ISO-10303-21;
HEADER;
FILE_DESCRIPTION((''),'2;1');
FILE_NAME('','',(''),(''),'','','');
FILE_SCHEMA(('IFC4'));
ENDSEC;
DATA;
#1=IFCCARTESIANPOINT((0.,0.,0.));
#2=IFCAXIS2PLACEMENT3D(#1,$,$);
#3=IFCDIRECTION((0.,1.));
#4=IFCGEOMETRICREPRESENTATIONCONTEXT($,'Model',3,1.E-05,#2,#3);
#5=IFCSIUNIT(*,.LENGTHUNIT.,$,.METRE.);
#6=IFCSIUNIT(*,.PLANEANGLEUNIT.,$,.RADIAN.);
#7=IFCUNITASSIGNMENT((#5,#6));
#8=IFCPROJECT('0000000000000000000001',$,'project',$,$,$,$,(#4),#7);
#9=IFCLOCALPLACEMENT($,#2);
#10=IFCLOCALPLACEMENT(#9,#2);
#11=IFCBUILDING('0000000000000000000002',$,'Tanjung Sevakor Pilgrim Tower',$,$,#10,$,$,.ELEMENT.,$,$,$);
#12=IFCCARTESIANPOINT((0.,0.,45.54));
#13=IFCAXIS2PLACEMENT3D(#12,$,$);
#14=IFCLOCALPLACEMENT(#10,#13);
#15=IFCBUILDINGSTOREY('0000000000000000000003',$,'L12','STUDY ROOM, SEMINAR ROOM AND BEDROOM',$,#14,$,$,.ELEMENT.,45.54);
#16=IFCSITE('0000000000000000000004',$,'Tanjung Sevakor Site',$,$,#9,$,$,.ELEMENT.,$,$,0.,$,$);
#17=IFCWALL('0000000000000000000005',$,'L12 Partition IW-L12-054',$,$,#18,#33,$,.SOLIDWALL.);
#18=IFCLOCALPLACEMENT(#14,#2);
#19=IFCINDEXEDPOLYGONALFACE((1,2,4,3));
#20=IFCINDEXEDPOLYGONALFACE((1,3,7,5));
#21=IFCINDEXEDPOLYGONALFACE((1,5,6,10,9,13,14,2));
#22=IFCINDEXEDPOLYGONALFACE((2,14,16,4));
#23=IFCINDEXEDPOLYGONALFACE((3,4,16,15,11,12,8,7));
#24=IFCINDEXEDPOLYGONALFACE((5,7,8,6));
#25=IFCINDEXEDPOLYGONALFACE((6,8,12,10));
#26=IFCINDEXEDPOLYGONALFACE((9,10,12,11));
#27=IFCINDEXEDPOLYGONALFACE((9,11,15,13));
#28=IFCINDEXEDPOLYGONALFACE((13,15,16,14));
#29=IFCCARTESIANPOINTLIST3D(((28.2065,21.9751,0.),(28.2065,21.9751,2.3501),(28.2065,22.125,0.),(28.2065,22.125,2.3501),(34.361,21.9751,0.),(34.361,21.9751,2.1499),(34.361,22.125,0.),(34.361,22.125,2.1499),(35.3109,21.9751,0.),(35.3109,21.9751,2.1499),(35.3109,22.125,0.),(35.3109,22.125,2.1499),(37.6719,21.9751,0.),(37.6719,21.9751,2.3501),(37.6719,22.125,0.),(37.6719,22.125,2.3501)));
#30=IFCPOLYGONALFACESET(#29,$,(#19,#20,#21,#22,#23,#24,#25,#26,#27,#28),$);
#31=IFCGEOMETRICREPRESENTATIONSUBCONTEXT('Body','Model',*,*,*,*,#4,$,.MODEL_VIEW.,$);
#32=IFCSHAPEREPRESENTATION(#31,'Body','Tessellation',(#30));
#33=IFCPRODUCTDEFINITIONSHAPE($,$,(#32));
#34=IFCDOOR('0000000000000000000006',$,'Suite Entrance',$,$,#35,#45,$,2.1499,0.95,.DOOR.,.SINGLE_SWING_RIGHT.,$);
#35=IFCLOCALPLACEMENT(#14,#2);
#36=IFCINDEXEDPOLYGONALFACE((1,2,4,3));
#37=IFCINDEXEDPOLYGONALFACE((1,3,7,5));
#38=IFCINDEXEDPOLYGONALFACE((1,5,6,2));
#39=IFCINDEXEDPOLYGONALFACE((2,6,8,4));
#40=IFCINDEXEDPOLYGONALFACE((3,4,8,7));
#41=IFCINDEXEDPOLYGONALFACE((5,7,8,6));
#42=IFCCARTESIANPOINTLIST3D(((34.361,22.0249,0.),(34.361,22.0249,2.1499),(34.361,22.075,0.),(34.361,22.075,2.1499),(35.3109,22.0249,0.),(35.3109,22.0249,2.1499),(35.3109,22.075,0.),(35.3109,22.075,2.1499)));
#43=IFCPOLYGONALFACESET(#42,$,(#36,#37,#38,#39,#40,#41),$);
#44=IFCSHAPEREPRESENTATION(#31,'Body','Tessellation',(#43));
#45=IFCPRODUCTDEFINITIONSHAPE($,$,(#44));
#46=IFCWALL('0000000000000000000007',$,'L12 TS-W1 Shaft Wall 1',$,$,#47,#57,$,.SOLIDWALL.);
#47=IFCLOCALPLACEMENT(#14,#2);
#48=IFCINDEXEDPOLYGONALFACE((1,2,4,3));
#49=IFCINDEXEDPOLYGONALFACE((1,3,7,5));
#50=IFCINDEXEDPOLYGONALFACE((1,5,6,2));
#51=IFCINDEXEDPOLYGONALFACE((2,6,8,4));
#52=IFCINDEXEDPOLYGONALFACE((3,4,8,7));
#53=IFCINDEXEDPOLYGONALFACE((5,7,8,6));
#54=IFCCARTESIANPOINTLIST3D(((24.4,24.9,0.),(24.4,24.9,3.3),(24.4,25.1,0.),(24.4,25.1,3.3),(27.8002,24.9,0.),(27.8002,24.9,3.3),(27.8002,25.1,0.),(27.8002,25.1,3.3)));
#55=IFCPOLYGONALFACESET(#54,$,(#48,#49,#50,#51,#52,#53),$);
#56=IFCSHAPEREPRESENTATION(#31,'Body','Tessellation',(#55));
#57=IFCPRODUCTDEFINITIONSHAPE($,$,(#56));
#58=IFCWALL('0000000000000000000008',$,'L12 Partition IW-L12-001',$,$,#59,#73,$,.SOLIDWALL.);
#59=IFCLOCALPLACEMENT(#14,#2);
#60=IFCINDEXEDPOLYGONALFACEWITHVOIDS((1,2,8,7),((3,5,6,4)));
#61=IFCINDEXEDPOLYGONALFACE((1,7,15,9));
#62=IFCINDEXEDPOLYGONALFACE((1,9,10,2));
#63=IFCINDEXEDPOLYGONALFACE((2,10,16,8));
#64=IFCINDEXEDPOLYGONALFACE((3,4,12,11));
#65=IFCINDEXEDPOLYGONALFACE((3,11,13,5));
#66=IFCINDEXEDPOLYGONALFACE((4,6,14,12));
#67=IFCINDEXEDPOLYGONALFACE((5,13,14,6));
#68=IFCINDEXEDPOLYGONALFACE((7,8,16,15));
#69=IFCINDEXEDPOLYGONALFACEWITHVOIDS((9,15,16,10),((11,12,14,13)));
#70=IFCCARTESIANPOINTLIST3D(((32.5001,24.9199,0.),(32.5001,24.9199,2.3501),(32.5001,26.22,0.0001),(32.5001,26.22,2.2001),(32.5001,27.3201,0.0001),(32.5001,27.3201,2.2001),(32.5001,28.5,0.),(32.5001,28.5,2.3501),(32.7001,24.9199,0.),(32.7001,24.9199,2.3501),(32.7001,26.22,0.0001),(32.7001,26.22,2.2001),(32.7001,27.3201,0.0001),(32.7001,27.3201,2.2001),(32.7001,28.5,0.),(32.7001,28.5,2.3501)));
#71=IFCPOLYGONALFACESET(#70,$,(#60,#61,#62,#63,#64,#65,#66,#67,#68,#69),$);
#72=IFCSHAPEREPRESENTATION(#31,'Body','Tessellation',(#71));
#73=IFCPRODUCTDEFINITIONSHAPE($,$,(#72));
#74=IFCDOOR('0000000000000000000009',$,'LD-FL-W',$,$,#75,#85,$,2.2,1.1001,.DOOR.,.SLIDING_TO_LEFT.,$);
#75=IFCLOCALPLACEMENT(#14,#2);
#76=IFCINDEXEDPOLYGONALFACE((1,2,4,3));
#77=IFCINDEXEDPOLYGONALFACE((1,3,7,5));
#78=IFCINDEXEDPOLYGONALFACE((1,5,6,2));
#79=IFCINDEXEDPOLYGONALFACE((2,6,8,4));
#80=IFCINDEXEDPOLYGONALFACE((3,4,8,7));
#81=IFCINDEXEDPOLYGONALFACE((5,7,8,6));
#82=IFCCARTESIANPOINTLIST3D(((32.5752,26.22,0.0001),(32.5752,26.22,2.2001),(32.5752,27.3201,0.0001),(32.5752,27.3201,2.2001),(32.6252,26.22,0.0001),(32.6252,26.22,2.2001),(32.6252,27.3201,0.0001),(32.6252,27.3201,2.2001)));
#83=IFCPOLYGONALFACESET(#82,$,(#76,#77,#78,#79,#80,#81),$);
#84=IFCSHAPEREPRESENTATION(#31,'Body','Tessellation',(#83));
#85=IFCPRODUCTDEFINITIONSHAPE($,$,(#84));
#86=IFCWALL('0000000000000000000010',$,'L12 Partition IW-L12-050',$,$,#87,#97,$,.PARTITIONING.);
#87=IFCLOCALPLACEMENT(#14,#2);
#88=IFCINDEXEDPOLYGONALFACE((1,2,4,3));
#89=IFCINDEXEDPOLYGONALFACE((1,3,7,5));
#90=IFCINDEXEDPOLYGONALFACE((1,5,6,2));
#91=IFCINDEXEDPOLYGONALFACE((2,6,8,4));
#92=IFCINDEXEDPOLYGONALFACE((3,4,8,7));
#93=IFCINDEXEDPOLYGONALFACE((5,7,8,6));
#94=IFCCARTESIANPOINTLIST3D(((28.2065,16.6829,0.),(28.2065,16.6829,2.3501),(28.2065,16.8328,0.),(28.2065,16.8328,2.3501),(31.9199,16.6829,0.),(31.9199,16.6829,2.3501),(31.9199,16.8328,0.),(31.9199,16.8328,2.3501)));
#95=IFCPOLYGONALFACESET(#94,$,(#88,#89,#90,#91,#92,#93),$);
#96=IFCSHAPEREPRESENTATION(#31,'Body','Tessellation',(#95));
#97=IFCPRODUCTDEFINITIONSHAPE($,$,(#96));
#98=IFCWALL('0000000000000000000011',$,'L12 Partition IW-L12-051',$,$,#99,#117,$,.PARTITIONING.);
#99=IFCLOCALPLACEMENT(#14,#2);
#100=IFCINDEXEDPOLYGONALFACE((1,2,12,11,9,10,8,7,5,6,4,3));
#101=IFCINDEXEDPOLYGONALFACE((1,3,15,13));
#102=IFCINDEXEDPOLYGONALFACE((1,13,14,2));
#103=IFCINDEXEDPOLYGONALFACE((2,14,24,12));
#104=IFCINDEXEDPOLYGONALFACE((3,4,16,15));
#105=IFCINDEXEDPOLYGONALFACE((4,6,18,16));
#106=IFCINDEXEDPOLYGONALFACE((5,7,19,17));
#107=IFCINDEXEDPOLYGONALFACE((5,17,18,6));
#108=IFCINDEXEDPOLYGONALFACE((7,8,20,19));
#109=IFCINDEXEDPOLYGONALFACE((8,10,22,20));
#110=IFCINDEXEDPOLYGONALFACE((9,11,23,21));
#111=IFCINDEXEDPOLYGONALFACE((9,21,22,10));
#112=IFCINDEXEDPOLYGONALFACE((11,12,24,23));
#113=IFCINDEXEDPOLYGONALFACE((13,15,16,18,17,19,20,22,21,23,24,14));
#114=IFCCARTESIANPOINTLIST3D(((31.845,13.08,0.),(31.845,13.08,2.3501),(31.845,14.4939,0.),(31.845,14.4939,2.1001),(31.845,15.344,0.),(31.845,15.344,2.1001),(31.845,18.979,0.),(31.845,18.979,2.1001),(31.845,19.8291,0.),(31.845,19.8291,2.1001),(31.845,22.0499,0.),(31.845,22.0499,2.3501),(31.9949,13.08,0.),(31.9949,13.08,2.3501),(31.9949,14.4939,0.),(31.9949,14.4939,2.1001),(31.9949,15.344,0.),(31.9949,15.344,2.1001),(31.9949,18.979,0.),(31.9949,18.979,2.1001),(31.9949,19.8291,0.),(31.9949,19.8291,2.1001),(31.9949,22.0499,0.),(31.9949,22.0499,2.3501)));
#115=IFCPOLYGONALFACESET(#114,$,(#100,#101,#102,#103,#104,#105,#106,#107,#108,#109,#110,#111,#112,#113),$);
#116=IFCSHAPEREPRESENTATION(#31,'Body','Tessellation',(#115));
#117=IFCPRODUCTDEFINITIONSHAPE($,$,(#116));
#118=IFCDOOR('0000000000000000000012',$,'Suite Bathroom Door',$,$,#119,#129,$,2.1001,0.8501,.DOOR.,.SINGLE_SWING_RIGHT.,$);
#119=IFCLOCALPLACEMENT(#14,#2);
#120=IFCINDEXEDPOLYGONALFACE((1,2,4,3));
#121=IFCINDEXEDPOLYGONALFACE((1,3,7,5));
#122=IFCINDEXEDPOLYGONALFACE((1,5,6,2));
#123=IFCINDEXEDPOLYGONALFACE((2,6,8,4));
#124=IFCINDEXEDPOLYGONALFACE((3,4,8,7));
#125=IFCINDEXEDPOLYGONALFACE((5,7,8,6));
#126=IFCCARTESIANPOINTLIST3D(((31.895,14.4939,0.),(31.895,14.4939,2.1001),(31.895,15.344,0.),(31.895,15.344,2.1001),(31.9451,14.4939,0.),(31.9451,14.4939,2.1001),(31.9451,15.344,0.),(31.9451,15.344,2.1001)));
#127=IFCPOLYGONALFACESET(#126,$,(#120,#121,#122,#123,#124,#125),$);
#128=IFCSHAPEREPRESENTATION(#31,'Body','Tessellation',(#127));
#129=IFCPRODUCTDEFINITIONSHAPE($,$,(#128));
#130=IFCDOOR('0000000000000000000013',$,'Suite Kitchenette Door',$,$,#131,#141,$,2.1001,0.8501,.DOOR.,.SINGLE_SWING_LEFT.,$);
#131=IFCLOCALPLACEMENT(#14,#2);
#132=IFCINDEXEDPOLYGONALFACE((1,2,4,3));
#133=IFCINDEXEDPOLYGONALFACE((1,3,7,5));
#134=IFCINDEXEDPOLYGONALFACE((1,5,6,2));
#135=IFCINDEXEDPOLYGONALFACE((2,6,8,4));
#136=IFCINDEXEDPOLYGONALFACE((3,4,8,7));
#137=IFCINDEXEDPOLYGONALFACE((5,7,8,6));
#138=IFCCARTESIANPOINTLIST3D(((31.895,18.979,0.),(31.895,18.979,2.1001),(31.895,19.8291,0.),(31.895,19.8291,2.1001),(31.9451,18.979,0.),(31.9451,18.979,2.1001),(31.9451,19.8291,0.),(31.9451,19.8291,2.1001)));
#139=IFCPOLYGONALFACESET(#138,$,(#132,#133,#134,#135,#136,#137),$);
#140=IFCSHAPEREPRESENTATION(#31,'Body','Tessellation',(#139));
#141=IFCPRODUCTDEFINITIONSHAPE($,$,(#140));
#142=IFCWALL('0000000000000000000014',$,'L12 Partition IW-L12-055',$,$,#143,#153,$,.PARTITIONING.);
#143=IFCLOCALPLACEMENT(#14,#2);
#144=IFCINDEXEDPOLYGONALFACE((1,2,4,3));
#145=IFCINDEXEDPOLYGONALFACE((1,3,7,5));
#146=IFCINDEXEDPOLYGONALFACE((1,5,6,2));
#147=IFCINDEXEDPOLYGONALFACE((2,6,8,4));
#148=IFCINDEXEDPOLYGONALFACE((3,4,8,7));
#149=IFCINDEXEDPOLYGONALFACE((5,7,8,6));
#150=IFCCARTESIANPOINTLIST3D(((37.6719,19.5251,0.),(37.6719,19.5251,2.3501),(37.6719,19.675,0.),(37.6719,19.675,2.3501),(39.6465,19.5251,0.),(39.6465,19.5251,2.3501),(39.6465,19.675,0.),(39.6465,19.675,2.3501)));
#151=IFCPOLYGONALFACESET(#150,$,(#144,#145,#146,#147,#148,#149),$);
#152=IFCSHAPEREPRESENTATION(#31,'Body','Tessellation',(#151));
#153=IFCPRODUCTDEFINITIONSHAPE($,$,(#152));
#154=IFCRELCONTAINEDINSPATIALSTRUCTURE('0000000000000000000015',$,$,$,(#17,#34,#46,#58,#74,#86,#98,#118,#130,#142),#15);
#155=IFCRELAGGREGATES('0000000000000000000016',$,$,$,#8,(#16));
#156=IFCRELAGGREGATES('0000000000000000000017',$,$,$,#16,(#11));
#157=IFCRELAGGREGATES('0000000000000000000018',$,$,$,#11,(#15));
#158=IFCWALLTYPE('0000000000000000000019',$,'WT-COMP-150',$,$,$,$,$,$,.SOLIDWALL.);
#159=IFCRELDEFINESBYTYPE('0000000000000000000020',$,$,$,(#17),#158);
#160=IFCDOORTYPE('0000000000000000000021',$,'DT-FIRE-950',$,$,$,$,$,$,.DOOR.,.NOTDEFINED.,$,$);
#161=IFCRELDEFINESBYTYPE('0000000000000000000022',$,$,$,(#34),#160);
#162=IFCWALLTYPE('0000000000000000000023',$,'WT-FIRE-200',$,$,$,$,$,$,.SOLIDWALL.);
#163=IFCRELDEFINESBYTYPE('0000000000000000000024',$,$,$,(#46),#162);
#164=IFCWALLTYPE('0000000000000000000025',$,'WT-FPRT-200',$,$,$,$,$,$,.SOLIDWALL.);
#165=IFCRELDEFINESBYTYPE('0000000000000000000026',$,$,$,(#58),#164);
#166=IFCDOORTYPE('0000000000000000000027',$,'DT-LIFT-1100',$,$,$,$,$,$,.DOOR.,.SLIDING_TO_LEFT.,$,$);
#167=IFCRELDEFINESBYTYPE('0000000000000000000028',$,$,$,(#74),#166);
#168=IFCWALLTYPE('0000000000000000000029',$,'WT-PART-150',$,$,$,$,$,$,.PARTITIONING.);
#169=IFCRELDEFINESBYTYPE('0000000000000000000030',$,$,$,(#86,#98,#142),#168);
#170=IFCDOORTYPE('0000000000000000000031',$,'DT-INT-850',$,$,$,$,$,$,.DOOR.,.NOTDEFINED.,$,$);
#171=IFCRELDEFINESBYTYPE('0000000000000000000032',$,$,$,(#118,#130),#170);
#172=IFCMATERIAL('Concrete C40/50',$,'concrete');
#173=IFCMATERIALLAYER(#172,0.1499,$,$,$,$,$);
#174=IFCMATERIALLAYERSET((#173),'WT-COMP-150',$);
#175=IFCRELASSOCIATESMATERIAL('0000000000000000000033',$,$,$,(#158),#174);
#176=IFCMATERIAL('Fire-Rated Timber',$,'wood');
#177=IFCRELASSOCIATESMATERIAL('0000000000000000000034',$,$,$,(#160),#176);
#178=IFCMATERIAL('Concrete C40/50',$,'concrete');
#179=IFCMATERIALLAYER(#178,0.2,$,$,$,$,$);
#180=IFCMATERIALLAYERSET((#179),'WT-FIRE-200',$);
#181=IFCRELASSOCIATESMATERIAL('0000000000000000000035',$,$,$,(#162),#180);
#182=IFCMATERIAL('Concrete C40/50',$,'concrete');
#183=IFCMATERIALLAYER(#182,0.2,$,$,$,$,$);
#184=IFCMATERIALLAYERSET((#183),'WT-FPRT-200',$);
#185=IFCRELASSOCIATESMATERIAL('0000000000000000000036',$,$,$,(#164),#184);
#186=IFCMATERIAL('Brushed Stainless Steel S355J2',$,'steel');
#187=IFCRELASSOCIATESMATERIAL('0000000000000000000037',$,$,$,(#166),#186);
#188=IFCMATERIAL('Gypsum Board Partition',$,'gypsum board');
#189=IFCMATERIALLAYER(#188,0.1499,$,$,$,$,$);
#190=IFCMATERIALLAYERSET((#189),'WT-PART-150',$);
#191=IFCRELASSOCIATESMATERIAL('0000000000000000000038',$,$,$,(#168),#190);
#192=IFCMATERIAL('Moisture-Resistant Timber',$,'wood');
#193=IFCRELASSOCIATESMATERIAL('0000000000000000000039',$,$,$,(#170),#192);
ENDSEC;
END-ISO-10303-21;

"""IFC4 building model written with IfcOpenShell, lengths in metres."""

from ifc_helpers import new_model, si_unit, direction, frame, frame_2d, origin, place, context, subcontext, project, spatial, rectangle, extrude, material, layer, layer_set, type_object, element, fill, save


model = new_model("IFC4")

# Units and contexts
model_context = context("Model", 3, precision=1e-05, world=origin(), true_north=direction((0.0, 1.0)))
body_context = subcontext(model_context, "Body", "Model", "MODEL_VIEW")
ifc_project = project(units=[si_unit("LENGTHUNIT", "METRE"), si_unit("PLANEANGLEUNIT", "RADIAN")], contexts=[model_context])

# Site, building, storey
site_placement = place(None, origin())
site = spatial("IfcSite", under=ifc_project, at=site_placement, Name="Tanjung Sevakor Site", CompositionType="ELEMENT", RefElevation=0.0)
building_placement = place(site_placement, origin())
building = spatial("IfcBuilding", under=site, at=building_placement, Name="Tanjung Sevakor Pilgrim Tower", CompositionType="ELEMENT")
storey_placement = place(building_placement, frame((0.0, 0.0, 45.54)))
storey = spatial("IfcBuildingStorey", under=building, at=storey_placement, Name="L12", Description="STUDY ROOM, SEMINAR ROOM AND BEDROOM", CompositionType="ELEMENT", Elevation=45.54)

# Shared definitions
ifc_material_1 = material(Name="Concrete C40/50", Category="concrete")
ifc_layer_1 = layer(ifc_material_1, 0.1499)
ifc_layer_set_1 = layer_set([ifc_layer_1], Name="WT-COMP-150")
wall_type_1 = type_object("IfcWallType", Name="WT-COMP-150", PredefinedType="SOLIDWALL", material=ifc_layer_set_1)

# Wall, opening, door
wall_1_placement = place(storey_placement, frame((28.2065, 22.05, 0.0), z_axis=(0.0, 0.0, 1.0), x_axis=(1.0, 0.0, 0.0)))
wall_1 = element("IfcWall", 1, at=wall_1_placement, inside=storey, type_object=wall_type_1, Name="L12 Partition IW-L12-054", PredefinedType="SOLIDWALL", context=body_context, shape_type="SweptSolid", body=[
    extrude(rectangle(XDim=9.4653, YDim=0.1499, at=frame_2d((4.7327, 0.0))), origin(), (0.0, 0.0, 1.0), 2.3501),
])
opening_1_placement = place(wall_1_placement, frame((6.1543, 0.0, 0.0)))
opening_1 = element("IfcOpeningElement", 2, at=opening_1_placement, cuts=wall_1, PredefinedType="OPENING", context=body_context, shape_type="SweptSolid", body=[
    extrude(rectangle(XDim=0.95, YDim=2.1499, at=frame_2d((0.4751, 1.075))), frame((0.0, 0.085, 0.0), z_axis=(0.0, -1.0, 0.0), x_axis=(1.0, 0.0, 0.0)), (0.0, 0.0, 1.0), 0.1699),
])
ifc_material_2 = material(Name="Fire-Rated Timber", Category="wood")
door_type_1 = type_object("IfcDoorType", Name="DT-FIRE-950", OperationType="NOTDEFINED", PredefinedType="DOOR", material=ifc_material_2)
door_1_placement = place(opening_1_placement, origin())
door_1 = element("IfcDoor", 3, at=door_1_placement, inside=storey, type_object=door_type_1, Name="Suite Entrance", OperationType="SINGLE_SWING_RIGHT", OverallHeight=2.1499, OverallWidth=0.95, PredefinedType="DOOR", context=body_context, shape_type="SweptSolid", body=[
    extrude(rectangle(XDim=0.95, YDim=2.1499, at=frame_2d((0.4751, 1.075))), frame((0.0, 0.0249, 0.0), z_axis=(0.0, -1.0, 0.0), x_axis=(1.0, 0.0, 0.0)), (0.0, 0.0, 1.0), 0.05),
])
fill(opening_1, door_1)

# Wall
ifc_material_3 = material(Name="Concrete C40/50", Category="concrete")
ifc_layer_2 = layer(ifc_material_3, 0.2)
ifc_layer_set_2 = layer_set([ifc_layer_2], Name="WT-FIRE-200")
wall_type_2 = type_object("IfcWallType", Name="WT-FIRE-200", PredefinedType="SOLIDWALL", material=ifc_layer_set_2)
wall_2_placement = place(storey_placement, frame((24.3999, 25.0, 0.0), z_axis=(0.0, 0.0, 1.0), x_axis=(1.0, 0.0, 0.0)))
element("IfcWall", 4, at=wall_2_placement, inside=storey, type_object=wall_type_2, Name="L12 TS-W1 Shaft Wall 1", PredefinedType="SOLIDWALL", context=body_context, shape_type="SweptSolid", body=[
    extrude(rectangle(XDim=3.4001, YDim=0.2, at=frame_2d((1.7002, 0.0))), origin(), (0.0, 0.0, 1.0), 3.3),
])

# Wall, opening, door
ifc_material_4 = material(Name="Concrete C40/50", Category="concrete")
ifc_layer_3 = layer(ifc_material_4, 0.2)
ifc_layer_set_3 = layer_set([ifc_layer_3], Name="WT-FPRT-200")
wall_type_3 = type_object("IfcWallType", Name="WT-FPRT-200", PredefinedType="SOLIDWALL", material=ifc_layer_set_3)
wall_3_placement = place(storey_placement, frame((32.6001, 24.9199, 0.0), z_axis=(0.0, 0.0, 1.0), x_axis=(0.0, 1.0, 0.0)))
wall_3 = element("IfcWall", 5, at=wall_3_placement, inside=storey, type_object=wall_type_3, Name="L12 Partition IW-L12-001", PredefinedType="SOLIDWALL", context=body_context, shape_type="SweptSolid", body=[
    extrude(rectangle(XDim=3.5801, YDim=0.2, at=frame_2d((1.79, 0.0))), origin(), (0.0, 0.0, 1.0), 2.3501),
])
opening_2_placement = place(wall_3_placement, frame((1.3, 0.0, 0.0)))
opening_2 = element("IfcOpeningElement", 6, at=opening_2_placement, cuts=wall_3, PredefinedType="OPENING", context=body_context, shape_type="SweptSolid", body=[
    extrude(rectangle(XDim=1.1001, YDim=2.2, at=frame_2d((0.55, 1.1001))), frame((0.0, 0.1099, 0.0), z_axis=(0.0, -1.0, 0.0), x_axis=(1.0, 0.0, 0.0)), (0.0, 0.0, 1.0), 0.22),
])
ifc_material_5 = material(Name="Brushed Stainless Steel S355J2", Category="steel")
door_type_2 = type_object("IfcDoorType", Name="DT-LIFT-1100", OperationType="SLIDING_TO_LEFT", PredefinedType="DOOR", material=ifc_material_5)
door_2_placement = place(opening_2_placement, origin())
door_2 = element("IfcDoor", 7, at=door_2_placement, inside=storey, type_object=door_type_2, Name="LD-FL-W", OperationType="SLIDING_TO_LEFT", OverallHeight=2.2, OverallWidth=1.1001, PredefinedType="DOOR", context=body_context, shape_type="SweptSolid", body=[
    extrude(rectangle(XDim=1.1001, YDim=2.2, at=frame_2d((0.55, 1.1001))), frame((0.0, 0.0249, 0.0), z_axis=(0.0, -1.0, 0.0), x_axis=(1.0, 0.0, 0.0)), (0.0, 0.0, 1.0), 0.05),
])
fill(opening_2, door_2)

# Wall
ifc_material_6 = material(Name="Gypsum Board Partition", Category="gypsum board")
ifc_layer_4 = layer(ifc_material_6, 0.1499)
ifc_layer_set_4 = layer_set([ifc_layer_4], Name="WT-PART-150")
wall_type_4 = type_object("IfcWallType", Name="WT-PART-150", PredefinedType="PARTITIONING", material=ifc_layer_set_4)
wall_4_placement = place(storey_placement, frame((28.2065, 16.7578, 0.0), z_axis=(0.0, 0.0, 1.0), x_axis=(1.0, 0.0, 0.0)))
element("IfcWall", 8, at=wall_4_placement, inside=storey, type_object=wall_type_4, Name="L12 Partition IW-L12-050", PredefinedType="PARTITIONING", context=body_context, shape_type="SweptSolid", body=[
    extrude(rectangle(XDim=3.7134, YDim=0.1499, at=frame_2d((1.8567, 0.0))), origin(), (0.0, 0.0, 1.0), 2.3501),
])

# Wall, openings, doors
wall_5_placement = place(storey_placement, frame((31.9199, 13.0801, 0.0), z_axis=(0.0, 0.0, 1.0), x_axis=(0.0, 1.0, 0.0)))
wall_5 = element("IfcWall", 9, at=wall_5_placement, inside=storey, type_object=wall_type_4, Name="L12 Partition IW-L12-051", PredefinedType="PARTITIONING", context=body_context, shape_type="SweptSolid", body=[
    extrude(rectangle(XDim=8.97, YDim=0.1499, at=frame_2d((4.4849, 0.0))), origin(), (0.0, 0.0, 1.0), 2.3501),
])
opening_3_placement = place(wall_5_placement, frame((1.4138, 0.0, 0.0)))
opening_3 = element("IfcOpeningElement", 10, at=opening_3_placement, cuts=wall_5, PredefinedType="OPENING", context=body_context, shape_type="SweptSolid", body=[
    extrude(rectangle(XDim=0.8501, YDim=2.1001, at=frame_2d((0.425, 1.05))), frame((0.0, 0.085, 0.0), z_axis=(0.0, -1.0, 0.0), x_axis=(1.0, 0.0, 0.0)), (0.0, 0.0, 1.0), 0.1699),
])
opening_4_placement = place(wall_5_placement, frame((5.8989, 0.0, 0.0)))
opening_4 = element("IfcOpeningElement", 11, at=opening_4_placement, cuts=wall_5, PredefinedType="OPENING", context=body_context, shape_type="SweptSolid", body=[
    extrude(rectangle(XDim=0.8501, YDim=2.1001, at=frame_2d((0.425, 1.05))), frame((0.0, 0.085, 0.0), z_axis=(0.0, -1.0, 0.0), x_axis=(1.0, 0.0, 0.0)), (0.0, 0.0, 1.0), 0.1699),
])
ifc_material_7 = material(Name="Moisture-Resistant Timber", Category="wood")
door_type_3 = type_object("IfcDoorType", Name="DT-INT-850", OperationType="NOTDEFINED", PredefinedType="DOOR", material=ifc_material_7)
door_3_placement = place(opening_3_placement, origin())
door_3 = element("IfcDoor", 12, at=door_3_placement, inside=storey, type_object=door_type_3, Name="Suite Bathroom Door", OperationType="SINGLE_SWING_RIGHT", OverallHeight=2.1001, OverallWidth=0.8501, PredefinedType="DOOR", context=body_context, shape_type="SweptSolid", body=[
    extrude(rectangle(XDim=0.8501, YDim=2.1001, at=frame_2d((0.425, 1.05))), frame((0.0, 0.0249, 0.0), z_axis=(0.0, -1.0, 0.0), x_axis=(1.0, 0.0, 0.0)), (0.0, 0.0, 1.0), 0.05),
])
fill(opening_3, door_3)
door_4_placement = place(opening_4_placement, origin())
door_4 = element("IfcDoor", 13, at=door_4_placement, inside=storey, type_object=door_type_3, Name="Suite Kitchenette Door", OperationType="SINGLE_SWING_LEFT", OverallHeight=2.1001, OverallWidth=0.8501, PredefinedType="DOOR", context=body_context, shape_type="SweptSolid", body=[
    extrude(rectangle(XDim=0.8501, YDim=2.1001, at=frame_2d((0.425, 1.05))), frame((0.0, 0.0249, 0.0), z_axis=(0.0, -1.0, 0.0), x_axis=(1.0, 0.0, 0.0)), (0.0, 0.0, 1.0), 0.05),
])
fill(opening_4, door_4)

# Wall
wall_6_placement = place(storey_placement, frame((37.6719, 19.6001, 0.0), z_axis=(0.0, 0.0, 1.0), x_axis=(1.0, 0.0, 0.0)))
element("IfcWall", 14, at=wall_6_placement, inside=storey, type_object=wall_type_4, Name="L12 Partition IW-L12-055", PredefinedType="PARTITIONING", context=body_context, shape_type="SweptSolid", body=[
    extrude(rectangle(XDim=1.9746, YDim=0.1499, at=frame_2d((0.9873, 0.0))), origin(), (0.0, 0.0, 1.0), 2.3501),
])

save(model, "model.ifc")
